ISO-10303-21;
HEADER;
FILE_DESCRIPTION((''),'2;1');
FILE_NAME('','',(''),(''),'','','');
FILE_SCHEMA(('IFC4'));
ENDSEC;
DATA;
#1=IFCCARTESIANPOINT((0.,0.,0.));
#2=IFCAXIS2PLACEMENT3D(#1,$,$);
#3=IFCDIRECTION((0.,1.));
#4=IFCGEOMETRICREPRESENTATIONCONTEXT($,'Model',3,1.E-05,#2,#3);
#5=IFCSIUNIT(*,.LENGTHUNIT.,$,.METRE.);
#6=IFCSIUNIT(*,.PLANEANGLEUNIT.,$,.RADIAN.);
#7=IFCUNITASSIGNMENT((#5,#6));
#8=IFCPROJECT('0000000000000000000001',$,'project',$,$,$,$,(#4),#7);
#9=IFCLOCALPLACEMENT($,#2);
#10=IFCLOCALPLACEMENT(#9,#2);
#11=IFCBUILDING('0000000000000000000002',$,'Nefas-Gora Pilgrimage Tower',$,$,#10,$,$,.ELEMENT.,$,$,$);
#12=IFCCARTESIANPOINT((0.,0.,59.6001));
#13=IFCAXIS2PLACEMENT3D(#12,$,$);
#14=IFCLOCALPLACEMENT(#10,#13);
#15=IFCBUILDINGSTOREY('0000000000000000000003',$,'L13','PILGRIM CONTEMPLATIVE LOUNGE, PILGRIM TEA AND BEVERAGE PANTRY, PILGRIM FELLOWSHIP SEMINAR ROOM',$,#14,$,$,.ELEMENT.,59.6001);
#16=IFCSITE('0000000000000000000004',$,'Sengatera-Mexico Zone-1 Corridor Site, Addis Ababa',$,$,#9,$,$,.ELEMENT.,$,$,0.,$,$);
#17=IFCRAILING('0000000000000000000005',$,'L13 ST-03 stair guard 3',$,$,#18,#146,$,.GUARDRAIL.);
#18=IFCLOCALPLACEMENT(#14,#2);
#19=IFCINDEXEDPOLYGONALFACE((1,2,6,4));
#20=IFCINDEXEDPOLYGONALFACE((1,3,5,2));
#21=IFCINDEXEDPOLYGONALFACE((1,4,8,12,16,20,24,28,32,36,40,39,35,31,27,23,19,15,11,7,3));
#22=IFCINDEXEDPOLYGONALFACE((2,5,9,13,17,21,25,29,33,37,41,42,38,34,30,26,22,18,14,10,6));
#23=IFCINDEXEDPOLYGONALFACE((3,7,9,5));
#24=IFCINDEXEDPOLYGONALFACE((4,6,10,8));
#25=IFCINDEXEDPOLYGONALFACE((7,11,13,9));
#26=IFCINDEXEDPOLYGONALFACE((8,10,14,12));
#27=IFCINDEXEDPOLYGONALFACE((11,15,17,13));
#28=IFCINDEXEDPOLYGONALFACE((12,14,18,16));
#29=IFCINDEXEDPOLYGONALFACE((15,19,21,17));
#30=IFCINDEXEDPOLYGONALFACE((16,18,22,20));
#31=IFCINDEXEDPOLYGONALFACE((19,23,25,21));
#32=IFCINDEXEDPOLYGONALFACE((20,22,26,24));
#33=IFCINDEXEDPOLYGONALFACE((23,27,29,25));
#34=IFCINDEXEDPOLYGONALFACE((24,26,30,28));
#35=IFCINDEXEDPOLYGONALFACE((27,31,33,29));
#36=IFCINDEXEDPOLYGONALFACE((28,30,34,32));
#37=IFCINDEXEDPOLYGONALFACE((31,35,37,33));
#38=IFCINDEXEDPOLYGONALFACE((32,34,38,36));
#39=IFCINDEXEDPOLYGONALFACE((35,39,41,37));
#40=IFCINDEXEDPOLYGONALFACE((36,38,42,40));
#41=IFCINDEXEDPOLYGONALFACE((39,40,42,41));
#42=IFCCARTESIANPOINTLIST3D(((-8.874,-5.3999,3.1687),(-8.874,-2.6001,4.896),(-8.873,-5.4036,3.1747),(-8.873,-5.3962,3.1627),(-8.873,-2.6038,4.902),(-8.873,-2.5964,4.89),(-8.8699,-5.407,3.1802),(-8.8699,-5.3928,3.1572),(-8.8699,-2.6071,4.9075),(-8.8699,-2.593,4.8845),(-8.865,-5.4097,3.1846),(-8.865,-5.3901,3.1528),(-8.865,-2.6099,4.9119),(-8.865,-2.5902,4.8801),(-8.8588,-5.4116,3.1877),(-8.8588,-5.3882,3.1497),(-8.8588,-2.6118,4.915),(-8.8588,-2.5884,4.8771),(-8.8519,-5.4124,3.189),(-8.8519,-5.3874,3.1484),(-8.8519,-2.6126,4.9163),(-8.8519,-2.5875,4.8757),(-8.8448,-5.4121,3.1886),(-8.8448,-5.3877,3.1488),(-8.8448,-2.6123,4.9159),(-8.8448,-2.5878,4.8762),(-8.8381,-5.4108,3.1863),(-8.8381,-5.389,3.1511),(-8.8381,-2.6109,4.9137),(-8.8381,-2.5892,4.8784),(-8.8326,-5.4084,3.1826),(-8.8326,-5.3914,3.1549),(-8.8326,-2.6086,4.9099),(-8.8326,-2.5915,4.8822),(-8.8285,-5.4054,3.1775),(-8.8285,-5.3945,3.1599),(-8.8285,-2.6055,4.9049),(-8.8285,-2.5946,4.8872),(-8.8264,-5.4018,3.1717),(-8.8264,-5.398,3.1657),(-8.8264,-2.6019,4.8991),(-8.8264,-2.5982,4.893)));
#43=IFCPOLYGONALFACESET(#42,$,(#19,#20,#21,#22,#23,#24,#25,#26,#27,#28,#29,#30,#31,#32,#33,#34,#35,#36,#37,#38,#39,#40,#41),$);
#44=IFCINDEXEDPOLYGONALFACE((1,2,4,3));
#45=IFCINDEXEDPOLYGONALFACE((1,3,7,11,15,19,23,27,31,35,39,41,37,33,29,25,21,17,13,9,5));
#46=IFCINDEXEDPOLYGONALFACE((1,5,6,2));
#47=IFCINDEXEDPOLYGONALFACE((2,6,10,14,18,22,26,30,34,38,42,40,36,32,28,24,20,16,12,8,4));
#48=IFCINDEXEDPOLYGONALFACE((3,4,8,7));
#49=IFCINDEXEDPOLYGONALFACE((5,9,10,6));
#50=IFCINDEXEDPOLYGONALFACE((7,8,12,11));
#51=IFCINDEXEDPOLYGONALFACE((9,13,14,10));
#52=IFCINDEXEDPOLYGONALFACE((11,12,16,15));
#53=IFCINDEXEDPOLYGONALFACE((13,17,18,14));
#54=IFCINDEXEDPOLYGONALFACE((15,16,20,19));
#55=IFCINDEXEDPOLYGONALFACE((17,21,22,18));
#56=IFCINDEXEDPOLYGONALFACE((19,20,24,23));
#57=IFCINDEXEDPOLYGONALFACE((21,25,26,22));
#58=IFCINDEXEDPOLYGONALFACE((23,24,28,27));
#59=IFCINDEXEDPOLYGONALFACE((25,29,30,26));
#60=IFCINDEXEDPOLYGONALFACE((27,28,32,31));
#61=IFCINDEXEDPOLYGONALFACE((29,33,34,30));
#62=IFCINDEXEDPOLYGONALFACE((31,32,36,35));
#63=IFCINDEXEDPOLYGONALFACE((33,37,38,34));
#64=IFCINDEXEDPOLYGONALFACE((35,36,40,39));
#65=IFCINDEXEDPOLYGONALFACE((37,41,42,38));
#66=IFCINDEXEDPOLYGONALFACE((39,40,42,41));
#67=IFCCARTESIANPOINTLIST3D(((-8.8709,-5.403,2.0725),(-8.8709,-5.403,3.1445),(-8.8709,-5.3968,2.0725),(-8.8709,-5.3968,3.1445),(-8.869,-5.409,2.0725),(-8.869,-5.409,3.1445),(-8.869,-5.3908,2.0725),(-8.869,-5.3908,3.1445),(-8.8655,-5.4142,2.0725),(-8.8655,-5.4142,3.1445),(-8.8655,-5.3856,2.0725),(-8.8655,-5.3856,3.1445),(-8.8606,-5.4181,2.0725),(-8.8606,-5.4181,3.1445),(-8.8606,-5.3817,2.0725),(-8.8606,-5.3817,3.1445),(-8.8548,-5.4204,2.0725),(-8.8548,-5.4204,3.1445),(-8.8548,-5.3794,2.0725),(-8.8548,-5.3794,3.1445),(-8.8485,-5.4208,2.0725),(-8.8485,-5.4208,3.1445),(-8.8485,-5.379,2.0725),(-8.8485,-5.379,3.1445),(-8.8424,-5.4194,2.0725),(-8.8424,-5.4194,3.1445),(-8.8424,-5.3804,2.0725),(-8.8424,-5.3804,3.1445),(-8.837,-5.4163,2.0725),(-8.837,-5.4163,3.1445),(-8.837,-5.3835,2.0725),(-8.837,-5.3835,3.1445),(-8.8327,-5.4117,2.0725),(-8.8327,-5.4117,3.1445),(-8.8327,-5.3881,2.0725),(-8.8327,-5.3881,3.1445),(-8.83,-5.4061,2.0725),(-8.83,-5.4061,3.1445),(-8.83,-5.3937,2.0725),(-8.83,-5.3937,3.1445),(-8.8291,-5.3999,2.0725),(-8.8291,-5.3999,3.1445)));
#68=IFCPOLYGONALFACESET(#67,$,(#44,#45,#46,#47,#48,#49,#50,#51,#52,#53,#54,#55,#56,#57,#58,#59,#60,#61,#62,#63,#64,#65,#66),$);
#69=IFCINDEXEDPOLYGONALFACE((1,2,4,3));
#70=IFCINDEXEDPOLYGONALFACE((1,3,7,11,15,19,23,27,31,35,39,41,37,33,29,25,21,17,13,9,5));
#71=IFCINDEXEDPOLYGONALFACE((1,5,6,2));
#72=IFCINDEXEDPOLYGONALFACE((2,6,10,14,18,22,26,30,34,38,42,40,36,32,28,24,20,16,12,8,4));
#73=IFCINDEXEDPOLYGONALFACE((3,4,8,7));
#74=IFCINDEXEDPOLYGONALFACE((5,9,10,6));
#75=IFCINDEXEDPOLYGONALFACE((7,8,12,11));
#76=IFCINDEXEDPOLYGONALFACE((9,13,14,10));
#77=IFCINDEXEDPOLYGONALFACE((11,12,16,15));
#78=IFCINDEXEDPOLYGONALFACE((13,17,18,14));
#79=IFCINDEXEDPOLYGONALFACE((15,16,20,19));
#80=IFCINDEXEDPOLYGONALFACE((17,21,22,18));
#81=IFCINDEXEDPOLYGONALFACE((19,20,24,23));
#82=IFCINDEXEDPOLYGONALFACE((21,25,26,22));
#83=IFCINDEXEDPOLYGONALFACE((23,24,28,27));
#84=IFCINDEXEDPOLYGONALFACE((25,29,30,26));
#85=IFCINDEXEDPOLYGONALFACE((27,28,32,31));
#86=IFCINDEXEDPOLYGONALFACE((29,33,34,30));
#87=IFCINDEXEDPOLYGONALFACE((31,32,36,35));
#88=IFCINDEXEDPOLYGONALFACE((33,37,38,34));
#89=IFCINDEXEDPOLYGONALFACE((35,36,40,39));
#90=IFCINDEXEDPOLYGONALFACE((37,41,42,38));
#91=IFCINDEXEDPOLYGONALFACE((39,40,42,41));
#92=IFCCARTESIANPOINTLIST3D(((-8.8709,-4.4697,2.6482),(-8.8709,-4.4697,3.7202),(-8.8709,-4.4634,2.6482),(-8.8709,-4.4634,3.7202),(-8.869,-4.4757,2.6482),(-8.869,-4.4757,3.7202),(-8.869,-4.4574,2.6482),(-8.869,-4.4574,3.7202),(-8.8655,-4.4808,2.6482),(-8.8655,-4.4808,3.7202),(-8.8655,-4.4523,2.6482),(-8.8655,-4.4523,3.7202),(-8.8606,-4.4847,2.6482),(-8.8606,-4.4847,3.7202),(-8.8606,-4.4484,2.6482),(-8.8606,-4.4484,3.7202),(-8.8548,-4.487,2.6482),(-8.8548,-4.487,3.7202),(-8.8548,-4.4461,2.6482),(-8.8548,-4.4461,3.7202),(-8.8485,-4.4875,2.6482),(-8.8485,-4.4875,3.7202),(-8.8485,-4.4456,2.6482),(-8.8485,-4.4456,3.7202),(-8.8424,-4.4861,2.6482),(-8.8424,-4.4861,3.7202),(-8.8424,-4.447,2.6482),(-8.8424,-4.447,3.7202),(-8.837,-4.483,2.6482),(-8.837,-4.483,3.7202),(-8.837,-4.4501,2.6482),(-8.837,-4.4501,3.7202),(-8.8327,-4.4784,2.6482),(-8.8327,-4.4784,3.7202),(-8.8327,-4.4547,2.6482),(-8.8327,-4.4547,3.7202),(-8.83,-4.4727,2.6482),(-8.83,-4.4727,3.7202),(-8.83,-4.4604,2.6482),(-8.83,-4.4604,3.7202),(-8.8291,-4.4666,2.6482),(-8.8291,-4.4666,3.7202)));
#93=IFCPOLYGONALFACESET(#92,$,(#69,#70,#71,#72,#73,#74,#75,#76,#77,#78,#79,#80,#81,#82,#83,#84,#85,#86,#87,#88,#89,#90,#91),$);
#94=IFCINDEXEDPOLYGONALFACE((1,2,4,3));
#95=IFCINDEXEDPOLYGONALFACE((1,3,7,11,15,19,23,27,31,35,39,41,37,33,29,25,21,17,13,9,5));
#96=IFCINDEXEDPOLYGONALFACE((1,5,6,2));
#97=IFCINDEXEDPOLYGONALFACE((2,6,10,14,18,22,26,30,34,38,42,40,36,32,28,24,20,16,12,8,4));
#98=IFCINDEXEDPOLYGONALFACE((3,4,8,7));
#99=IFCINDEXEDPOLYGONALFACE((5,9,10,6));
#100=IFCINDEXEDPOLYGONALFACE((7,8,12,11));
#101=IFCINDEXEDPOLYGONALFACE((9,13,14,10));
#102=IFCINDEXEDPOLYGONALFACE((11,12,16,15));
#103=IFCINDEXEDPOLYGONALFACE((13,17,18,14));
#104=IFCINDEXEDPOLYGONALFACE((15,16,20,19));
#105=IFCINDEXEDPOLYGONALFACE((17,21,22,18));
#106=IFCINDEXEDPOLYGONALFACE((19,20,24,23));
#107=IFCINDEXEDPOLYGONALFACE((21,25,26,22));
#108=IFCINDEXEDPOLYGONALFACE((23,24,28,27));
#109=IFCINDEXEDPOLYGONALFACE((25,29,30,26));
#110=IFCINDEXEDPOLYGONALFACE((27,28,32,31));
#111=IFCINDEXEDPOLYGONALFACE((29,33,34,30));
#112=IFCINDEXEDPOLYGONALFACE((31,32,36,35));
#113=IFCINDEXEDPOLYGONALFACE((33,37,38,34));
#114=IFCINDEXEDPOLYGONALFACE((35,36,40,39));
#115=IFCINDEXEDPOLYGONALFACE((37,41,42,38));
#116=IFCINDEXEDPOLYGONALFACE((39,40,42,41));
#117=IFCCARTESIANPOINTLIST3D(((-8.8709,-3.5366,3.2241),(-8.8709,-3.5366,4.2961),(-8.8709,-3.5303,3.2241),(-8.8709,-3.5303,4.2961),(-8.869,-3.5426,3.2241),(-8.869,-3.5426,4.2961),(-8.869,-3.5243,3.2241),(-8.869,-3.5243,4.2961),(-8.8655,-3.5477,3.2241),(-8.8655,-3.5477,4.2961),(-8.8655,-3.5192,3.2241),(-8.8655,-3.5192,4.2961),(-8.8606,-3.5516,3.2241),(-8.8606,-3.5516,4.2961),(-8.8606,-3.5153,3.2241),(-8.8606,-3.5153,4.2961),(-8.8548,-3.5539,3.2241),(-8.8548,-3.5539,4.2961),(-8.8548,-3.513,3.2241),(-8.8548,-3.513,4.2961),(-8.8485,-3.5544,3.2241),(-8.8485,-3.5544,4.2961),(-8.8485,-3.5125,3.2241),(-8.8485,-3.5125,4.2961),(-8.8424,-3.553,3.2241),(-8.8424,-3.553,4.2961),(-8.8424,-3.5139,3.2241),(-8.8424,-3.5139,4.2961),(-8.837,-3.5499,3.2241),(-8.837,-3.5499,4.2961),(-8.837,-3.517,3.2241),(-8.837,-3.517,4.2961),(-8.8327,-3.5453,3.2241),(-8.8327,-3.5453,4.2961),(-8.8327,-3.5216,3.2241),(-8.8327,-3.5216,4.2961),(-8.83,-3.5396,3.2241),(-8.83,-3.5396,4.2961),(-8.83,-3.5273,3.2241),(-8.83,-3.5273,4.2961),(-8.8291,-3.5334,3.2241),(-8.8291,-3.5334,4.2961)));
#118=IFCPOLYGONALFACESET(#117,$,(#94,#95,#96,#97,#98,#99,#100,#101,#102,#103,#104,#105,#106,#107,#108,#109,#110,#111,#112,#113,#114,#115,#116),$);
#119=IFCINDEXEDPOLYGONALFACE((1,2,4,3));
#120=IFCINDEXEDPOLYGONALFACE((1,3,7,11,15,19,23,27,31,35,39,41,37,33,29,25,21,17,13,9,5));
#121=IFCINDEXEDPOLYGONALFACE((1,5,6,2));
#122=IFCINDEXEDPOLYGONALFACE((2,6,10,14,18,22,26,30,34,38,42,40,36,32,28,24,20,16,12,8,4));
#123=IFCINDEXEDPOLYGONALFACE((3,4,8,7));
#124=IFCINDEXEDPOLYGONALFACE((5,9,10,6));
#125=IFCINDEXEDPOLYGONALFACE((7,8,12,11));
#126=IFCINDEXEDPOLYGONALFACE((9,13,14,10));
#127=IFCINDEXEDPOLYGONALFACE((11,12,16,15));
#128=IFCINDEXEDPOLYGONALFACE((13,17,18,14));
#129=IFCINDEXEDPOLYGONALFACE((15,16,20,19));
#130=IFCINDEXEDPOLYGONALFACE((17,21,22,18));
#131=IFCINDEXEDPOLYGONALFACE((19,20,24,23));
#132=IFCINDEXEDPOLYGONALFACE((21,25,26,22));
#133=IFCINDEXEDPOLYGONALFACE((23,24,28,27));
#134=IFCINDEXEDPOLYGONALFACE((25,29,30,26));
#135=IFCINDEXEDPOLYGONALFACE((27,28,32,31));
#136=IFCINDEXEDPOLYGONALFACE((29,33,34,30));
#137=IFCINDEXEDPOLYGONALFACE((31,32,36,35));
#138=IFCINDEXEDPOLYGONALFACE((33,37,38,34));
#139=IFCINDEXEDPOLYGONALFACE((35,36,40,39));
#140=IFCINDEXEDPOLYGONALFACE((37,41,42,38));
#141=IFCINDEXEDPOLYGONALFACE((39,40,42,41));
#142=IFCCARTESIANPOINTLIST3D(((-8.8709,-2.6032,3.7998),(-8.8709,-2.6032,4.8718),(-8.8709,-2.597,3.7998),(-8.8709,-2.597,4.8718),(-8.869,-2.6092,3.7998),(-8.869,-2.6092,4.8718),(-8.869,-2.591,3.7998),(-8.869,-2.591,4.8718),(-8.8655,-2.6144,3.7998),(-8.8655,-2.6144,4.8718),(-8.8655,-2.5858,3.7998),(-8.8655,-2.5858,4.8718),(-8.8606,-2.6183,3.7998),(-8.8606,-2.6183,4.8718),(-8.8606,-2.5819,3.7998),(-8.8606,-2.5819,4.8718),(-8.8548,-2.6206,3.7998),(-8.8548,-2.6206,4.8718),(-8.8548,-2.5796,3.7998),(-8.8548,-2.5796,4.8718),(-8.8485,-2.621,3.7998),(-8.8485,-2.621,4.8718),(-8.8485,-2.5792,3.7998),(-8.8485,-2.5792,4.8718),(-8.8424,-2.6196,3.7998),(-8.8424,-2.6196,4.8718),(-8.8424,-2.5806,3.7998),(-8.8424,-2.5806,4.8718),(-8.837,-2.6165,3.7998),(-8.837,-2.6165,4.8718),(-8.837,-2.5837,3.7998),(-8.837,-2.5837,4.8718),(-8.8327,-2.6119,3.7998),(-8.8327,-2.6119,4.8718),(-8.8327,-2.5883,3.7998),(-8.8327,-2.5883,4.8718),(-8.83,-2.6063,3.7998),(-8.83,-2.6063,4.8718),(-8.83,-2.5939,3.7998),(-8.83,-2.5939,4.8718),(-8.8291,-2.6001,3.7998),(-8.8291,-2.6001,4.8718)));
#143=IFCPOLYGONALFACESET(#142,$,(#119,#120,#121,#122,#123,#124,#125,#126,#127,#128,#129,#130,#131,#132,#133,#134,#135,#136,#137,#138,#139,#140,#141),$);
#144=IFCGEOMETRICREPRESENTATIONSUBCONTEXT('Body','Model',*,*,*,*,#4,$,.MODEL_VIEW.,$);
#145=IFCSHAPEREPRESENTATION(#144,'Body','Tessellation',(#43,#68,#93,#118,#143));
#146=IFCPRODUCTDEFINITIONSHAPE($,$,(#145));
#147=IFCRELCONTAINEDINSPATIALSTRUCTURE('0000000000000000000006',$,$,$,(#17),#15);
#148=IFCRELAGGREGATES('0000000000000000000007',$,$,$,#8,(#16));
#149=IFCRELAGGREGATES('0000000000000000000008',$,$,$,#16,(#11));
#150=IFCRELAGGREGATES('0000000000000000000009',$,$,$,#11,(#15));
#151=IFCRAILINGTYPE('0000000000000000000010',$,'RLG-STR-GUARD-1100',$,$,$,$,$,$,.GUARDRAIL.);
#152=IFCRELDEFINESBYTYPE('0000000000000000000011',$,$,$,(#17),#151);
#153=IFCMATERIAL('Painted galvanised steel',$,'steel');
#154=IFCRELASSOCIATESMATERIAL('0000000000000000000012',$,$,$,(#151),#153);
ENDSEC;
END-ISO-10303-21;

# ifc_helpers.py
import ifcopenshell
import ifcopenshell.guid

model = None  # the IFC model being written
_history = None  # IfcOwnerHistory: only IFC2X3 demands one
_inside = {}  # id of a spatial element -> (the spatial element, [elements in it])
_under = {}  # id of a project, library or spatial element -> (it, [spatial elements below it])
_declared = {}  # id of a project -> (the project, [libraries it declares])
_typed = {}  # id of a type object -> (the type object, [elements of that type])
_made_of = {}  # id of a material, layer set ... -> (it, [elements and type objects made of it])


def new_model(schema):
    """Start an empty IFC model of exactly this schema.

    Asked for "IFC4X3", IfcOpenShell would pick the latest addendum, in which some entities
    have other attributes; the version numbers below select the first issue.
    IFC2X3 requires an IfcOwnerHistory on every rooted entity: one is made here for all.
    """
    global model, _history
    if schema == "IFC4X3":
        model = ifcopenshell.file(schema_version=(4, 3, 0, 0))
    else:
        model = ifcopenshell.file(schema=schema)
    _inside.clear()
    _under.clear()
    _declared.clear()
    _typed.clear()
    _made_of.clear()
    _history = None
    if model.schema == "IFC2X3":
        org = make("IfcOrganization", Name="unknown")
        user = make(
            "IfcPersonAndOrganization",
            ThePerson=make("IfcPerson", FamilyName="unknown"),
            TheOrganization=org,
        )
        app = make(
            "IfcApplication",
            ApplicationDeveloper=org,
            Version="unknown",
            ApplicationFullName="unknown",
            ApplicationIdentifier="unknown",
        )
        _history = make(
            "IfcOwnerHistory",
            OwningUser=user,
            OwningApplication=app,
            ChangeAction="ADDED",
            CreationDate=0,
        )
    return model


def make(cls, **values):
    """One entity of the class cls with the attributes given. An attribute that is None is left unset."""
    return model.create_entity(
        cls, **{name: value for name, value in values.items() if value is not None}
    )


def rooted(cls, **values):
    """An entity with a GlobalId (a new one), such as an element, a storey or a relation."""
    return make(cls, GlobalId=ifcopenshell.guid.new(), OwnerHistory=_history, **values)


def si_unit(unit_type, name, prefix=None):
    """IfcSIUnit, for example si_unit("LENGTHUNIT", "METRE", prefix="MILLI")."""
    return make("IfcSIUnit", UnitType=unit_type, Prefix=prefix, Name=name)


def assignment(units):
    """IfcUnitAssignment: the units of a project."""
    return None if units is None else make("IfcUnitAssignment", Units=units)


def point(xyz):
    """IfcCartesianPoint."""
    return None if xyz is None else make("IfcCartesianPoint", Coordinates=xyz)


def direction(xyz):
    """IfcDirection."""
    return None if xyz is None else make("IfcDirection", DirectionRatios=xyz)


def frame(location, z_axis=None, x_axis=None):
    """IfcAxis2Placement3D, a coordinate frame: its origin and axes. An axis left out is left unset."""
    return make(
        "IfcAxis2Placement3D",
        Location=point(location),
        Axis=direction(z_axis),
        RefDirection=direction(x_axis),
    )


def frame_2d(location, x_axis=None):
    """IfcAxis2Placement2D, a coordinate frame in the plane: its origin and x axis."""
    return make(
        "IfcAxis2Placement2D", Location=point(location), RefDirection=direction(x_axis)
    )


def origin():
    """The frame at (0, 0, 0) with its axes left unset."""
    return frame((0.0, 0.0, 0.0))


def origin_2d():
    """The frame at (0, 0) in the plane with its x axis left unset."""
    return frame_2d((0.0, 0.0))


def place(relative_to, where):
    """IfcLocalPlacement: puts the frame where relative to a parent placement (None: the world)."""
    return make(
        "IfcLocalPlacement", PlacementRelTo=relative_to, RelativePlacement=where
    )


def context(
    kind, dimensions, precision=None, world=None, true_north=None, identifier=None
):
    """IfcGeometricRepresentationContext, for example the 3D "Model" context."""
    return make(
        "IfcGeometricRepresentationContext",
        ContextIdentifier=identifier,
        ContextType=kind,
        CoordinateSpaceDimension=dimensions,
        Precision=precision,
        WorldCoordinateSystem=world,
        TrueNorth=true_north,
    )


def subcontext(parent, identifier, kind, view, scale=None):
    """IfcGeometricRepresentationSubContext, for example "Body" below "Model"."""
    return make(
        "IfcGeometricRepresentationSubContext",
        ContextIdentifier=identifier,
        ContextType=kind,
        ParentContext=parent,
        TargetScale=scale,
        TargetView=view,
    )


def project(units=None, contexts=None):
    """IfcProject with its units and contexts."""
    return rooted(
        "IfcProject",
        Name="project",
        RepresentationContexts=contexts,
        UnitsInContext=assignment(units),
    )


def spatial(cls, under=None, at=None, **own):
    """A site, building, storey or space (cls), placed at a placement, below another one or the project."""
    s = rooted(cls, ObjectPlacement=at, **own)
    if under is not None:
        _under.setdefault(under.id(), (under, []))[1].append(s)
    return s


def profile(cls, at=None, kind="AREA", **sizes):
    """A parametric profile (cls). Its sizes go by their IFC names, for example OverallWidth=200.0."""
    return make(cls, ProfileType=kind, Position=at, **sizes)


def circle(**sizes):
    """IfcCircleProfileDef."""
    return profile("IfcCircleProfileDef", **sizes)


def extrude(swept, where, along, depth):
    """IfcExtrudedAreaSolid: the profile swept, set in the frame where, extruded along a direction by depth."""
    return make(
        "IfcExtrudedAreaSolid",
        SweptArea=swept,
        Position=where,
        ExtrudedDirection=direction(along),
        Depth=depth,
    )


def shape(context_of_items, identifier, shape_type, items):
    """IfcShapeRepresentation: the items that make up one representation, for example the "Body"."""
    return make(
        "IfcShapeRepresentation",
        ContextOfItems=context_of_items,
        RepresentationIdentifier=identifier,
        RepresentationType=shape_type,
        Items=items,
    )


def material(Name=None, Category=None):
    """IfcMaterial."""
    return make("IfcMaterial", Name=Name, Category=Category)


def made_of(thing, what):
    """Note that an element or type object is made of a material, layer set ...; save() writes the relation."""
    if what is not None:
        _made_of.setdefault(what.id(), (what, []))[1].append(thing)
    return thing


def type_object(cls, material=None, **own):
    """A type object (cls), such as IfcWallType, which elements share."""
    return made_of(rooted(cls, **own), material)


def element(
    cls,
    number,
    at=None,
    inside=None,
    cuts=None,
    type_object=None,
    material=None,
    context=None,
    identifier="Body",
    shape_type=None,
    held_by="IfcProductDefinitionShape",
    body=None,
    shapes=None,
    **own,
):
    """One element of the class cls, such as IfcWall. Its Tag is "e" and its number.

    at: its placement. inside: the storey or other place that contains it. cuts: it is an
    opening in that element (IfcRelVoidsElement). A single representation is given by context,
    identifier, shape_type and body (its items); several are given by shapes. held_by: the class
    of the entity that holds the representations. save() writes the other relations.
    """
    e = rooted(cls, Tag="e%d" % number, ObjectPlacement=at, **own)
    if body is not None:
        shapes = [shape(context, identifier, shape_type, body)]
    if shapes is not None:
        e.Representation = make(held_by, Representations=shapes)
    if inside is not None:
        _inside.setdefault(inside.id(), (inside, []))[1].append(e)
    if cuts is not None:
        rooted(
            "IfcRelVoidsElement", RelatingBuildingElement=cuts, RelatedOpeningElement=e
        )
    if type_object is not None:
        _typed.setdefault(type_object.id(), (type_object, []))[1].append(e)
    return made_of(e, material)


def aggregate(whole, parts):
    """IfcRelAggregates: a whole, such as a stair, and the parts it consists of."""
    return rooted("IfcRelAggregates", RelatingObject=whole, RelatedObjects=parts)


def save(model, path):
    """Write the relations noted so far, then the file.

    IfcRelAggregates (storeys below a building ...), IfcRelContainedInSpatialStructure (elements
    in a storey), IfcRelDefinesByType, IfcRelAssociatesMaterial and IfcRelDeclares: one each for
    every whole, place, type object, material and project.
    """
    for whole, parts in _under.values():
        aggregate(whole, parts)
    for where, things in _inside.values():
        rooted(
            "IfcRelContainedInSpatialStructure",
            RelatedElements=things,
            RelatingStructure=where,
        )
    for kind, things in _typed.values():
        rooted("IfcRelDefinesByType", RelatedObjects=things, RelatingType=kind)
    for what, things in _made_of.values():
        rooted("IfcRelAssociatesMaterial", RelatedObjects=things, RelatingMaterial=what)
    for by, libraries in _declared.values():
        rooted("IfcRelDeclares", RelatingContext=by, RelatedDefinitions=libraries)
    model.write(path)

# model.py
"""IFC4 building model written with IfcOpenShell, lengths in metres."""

from ifc_helpers import new_model, si_unit, direction, frame, origin, origin_2d, place, context, subcontext, project, spatial, circle, extrude, material, type_object, element, save


model = new_model("IFC4")

# Units and contexts
model_context = context("Model", 3, precision=1e-05, world=origin(), true_north=direction((0.0, 1.0)))
body_context = subcontext(model_context, "Body", "Model", "MODEL_VIEW")
ifc_project = project(units=[si_unit("LENGTHUNIT", "METRE"), si_unit("PLANEANGLEUNIT", "RADIAN")], contexts=[model_context])

# Site, building, storey
site_placement = place(None, origin())
site = spatial("IfcSite", under=ifc_project, at=site_placement, Name="Sengatera-Mexico Zone-1 Corridor Site, Addis Ababa", CompositionType="ELEMENT", RefElevation=0.0)
building_placement = place(site_placement, origin())
building = spatial("IfcBuilding", under=site, at=building_placement, Name="Nefas-Gora Pilgrimage Tower", CompositionType="ELEMENT")
storey_placement = place(building_placement, frame((0.0, 0.0, 59.6001)))
storey = spatial("IfcBuildingStorey", under=building, at=storey_placement, Name="L13", Description="PILGRIM CONTEMPLATIVE LOUNGE, PILGRIM TEA AND BEVERAGE PANTRY, PILGRIM FELLOWSHIP SEMINAR ROOM", CompositionType="ELEMENT", Elevation=59.6001)

# Railing
ifc_material_1 = material(Name="Painted galvanised steel", Category="steel")
railing_type_1 = type_object("IfcRailingType", Name="RLG-STR-GUARD-1100", PredefinedType="GUARDRAIL", material=ifc_material_1)
railing_1_placement = place(storey_placement, frame((-8.8501, -5.3999, 2.0725)))
element("IfcRailing", 1, at=railing_1_placement, inside=storey, type_object=railing_type_1, Name="L13 ST-03 stair guard 3", PredefinedType="GUARDRAIL", context=body_context, shape_type="SweptSolid", body=[
    extrude(circle(Radius=0.0239, at=origin_2d()), frame((0.0, 0.0, 1.0962), z_axis=(0.0, 0.851069, 0.525054), x_axis=(-1.0, 0.0, 0.0)), (0.0, 0.0, 1.0), 3.2898),
    extrude(circle(Radius=0.021, at=origin_2d()), origin(), (0.0, 0.0, 1.0), 1.072),
    extrude(circle(Radius=0.021, at=origin_2d()), frame((0.0, 0.9333, 0.5757)), (0.0, 0.0, 1.0), 1.072),
    extrude(circle(Radius=0.021, at=origin_2d()), frame((0.0, 1.8665, 1.1516)), (0.0, 0.0, 1.0), 1.072),
    extrude(circle(Radius=0.021, at=origin_2d()), frame((0.0, 2.7998, 1.7273)), (0.0, 0.0, 1.0), 1.072),
])

save(model, "model.ifc")
